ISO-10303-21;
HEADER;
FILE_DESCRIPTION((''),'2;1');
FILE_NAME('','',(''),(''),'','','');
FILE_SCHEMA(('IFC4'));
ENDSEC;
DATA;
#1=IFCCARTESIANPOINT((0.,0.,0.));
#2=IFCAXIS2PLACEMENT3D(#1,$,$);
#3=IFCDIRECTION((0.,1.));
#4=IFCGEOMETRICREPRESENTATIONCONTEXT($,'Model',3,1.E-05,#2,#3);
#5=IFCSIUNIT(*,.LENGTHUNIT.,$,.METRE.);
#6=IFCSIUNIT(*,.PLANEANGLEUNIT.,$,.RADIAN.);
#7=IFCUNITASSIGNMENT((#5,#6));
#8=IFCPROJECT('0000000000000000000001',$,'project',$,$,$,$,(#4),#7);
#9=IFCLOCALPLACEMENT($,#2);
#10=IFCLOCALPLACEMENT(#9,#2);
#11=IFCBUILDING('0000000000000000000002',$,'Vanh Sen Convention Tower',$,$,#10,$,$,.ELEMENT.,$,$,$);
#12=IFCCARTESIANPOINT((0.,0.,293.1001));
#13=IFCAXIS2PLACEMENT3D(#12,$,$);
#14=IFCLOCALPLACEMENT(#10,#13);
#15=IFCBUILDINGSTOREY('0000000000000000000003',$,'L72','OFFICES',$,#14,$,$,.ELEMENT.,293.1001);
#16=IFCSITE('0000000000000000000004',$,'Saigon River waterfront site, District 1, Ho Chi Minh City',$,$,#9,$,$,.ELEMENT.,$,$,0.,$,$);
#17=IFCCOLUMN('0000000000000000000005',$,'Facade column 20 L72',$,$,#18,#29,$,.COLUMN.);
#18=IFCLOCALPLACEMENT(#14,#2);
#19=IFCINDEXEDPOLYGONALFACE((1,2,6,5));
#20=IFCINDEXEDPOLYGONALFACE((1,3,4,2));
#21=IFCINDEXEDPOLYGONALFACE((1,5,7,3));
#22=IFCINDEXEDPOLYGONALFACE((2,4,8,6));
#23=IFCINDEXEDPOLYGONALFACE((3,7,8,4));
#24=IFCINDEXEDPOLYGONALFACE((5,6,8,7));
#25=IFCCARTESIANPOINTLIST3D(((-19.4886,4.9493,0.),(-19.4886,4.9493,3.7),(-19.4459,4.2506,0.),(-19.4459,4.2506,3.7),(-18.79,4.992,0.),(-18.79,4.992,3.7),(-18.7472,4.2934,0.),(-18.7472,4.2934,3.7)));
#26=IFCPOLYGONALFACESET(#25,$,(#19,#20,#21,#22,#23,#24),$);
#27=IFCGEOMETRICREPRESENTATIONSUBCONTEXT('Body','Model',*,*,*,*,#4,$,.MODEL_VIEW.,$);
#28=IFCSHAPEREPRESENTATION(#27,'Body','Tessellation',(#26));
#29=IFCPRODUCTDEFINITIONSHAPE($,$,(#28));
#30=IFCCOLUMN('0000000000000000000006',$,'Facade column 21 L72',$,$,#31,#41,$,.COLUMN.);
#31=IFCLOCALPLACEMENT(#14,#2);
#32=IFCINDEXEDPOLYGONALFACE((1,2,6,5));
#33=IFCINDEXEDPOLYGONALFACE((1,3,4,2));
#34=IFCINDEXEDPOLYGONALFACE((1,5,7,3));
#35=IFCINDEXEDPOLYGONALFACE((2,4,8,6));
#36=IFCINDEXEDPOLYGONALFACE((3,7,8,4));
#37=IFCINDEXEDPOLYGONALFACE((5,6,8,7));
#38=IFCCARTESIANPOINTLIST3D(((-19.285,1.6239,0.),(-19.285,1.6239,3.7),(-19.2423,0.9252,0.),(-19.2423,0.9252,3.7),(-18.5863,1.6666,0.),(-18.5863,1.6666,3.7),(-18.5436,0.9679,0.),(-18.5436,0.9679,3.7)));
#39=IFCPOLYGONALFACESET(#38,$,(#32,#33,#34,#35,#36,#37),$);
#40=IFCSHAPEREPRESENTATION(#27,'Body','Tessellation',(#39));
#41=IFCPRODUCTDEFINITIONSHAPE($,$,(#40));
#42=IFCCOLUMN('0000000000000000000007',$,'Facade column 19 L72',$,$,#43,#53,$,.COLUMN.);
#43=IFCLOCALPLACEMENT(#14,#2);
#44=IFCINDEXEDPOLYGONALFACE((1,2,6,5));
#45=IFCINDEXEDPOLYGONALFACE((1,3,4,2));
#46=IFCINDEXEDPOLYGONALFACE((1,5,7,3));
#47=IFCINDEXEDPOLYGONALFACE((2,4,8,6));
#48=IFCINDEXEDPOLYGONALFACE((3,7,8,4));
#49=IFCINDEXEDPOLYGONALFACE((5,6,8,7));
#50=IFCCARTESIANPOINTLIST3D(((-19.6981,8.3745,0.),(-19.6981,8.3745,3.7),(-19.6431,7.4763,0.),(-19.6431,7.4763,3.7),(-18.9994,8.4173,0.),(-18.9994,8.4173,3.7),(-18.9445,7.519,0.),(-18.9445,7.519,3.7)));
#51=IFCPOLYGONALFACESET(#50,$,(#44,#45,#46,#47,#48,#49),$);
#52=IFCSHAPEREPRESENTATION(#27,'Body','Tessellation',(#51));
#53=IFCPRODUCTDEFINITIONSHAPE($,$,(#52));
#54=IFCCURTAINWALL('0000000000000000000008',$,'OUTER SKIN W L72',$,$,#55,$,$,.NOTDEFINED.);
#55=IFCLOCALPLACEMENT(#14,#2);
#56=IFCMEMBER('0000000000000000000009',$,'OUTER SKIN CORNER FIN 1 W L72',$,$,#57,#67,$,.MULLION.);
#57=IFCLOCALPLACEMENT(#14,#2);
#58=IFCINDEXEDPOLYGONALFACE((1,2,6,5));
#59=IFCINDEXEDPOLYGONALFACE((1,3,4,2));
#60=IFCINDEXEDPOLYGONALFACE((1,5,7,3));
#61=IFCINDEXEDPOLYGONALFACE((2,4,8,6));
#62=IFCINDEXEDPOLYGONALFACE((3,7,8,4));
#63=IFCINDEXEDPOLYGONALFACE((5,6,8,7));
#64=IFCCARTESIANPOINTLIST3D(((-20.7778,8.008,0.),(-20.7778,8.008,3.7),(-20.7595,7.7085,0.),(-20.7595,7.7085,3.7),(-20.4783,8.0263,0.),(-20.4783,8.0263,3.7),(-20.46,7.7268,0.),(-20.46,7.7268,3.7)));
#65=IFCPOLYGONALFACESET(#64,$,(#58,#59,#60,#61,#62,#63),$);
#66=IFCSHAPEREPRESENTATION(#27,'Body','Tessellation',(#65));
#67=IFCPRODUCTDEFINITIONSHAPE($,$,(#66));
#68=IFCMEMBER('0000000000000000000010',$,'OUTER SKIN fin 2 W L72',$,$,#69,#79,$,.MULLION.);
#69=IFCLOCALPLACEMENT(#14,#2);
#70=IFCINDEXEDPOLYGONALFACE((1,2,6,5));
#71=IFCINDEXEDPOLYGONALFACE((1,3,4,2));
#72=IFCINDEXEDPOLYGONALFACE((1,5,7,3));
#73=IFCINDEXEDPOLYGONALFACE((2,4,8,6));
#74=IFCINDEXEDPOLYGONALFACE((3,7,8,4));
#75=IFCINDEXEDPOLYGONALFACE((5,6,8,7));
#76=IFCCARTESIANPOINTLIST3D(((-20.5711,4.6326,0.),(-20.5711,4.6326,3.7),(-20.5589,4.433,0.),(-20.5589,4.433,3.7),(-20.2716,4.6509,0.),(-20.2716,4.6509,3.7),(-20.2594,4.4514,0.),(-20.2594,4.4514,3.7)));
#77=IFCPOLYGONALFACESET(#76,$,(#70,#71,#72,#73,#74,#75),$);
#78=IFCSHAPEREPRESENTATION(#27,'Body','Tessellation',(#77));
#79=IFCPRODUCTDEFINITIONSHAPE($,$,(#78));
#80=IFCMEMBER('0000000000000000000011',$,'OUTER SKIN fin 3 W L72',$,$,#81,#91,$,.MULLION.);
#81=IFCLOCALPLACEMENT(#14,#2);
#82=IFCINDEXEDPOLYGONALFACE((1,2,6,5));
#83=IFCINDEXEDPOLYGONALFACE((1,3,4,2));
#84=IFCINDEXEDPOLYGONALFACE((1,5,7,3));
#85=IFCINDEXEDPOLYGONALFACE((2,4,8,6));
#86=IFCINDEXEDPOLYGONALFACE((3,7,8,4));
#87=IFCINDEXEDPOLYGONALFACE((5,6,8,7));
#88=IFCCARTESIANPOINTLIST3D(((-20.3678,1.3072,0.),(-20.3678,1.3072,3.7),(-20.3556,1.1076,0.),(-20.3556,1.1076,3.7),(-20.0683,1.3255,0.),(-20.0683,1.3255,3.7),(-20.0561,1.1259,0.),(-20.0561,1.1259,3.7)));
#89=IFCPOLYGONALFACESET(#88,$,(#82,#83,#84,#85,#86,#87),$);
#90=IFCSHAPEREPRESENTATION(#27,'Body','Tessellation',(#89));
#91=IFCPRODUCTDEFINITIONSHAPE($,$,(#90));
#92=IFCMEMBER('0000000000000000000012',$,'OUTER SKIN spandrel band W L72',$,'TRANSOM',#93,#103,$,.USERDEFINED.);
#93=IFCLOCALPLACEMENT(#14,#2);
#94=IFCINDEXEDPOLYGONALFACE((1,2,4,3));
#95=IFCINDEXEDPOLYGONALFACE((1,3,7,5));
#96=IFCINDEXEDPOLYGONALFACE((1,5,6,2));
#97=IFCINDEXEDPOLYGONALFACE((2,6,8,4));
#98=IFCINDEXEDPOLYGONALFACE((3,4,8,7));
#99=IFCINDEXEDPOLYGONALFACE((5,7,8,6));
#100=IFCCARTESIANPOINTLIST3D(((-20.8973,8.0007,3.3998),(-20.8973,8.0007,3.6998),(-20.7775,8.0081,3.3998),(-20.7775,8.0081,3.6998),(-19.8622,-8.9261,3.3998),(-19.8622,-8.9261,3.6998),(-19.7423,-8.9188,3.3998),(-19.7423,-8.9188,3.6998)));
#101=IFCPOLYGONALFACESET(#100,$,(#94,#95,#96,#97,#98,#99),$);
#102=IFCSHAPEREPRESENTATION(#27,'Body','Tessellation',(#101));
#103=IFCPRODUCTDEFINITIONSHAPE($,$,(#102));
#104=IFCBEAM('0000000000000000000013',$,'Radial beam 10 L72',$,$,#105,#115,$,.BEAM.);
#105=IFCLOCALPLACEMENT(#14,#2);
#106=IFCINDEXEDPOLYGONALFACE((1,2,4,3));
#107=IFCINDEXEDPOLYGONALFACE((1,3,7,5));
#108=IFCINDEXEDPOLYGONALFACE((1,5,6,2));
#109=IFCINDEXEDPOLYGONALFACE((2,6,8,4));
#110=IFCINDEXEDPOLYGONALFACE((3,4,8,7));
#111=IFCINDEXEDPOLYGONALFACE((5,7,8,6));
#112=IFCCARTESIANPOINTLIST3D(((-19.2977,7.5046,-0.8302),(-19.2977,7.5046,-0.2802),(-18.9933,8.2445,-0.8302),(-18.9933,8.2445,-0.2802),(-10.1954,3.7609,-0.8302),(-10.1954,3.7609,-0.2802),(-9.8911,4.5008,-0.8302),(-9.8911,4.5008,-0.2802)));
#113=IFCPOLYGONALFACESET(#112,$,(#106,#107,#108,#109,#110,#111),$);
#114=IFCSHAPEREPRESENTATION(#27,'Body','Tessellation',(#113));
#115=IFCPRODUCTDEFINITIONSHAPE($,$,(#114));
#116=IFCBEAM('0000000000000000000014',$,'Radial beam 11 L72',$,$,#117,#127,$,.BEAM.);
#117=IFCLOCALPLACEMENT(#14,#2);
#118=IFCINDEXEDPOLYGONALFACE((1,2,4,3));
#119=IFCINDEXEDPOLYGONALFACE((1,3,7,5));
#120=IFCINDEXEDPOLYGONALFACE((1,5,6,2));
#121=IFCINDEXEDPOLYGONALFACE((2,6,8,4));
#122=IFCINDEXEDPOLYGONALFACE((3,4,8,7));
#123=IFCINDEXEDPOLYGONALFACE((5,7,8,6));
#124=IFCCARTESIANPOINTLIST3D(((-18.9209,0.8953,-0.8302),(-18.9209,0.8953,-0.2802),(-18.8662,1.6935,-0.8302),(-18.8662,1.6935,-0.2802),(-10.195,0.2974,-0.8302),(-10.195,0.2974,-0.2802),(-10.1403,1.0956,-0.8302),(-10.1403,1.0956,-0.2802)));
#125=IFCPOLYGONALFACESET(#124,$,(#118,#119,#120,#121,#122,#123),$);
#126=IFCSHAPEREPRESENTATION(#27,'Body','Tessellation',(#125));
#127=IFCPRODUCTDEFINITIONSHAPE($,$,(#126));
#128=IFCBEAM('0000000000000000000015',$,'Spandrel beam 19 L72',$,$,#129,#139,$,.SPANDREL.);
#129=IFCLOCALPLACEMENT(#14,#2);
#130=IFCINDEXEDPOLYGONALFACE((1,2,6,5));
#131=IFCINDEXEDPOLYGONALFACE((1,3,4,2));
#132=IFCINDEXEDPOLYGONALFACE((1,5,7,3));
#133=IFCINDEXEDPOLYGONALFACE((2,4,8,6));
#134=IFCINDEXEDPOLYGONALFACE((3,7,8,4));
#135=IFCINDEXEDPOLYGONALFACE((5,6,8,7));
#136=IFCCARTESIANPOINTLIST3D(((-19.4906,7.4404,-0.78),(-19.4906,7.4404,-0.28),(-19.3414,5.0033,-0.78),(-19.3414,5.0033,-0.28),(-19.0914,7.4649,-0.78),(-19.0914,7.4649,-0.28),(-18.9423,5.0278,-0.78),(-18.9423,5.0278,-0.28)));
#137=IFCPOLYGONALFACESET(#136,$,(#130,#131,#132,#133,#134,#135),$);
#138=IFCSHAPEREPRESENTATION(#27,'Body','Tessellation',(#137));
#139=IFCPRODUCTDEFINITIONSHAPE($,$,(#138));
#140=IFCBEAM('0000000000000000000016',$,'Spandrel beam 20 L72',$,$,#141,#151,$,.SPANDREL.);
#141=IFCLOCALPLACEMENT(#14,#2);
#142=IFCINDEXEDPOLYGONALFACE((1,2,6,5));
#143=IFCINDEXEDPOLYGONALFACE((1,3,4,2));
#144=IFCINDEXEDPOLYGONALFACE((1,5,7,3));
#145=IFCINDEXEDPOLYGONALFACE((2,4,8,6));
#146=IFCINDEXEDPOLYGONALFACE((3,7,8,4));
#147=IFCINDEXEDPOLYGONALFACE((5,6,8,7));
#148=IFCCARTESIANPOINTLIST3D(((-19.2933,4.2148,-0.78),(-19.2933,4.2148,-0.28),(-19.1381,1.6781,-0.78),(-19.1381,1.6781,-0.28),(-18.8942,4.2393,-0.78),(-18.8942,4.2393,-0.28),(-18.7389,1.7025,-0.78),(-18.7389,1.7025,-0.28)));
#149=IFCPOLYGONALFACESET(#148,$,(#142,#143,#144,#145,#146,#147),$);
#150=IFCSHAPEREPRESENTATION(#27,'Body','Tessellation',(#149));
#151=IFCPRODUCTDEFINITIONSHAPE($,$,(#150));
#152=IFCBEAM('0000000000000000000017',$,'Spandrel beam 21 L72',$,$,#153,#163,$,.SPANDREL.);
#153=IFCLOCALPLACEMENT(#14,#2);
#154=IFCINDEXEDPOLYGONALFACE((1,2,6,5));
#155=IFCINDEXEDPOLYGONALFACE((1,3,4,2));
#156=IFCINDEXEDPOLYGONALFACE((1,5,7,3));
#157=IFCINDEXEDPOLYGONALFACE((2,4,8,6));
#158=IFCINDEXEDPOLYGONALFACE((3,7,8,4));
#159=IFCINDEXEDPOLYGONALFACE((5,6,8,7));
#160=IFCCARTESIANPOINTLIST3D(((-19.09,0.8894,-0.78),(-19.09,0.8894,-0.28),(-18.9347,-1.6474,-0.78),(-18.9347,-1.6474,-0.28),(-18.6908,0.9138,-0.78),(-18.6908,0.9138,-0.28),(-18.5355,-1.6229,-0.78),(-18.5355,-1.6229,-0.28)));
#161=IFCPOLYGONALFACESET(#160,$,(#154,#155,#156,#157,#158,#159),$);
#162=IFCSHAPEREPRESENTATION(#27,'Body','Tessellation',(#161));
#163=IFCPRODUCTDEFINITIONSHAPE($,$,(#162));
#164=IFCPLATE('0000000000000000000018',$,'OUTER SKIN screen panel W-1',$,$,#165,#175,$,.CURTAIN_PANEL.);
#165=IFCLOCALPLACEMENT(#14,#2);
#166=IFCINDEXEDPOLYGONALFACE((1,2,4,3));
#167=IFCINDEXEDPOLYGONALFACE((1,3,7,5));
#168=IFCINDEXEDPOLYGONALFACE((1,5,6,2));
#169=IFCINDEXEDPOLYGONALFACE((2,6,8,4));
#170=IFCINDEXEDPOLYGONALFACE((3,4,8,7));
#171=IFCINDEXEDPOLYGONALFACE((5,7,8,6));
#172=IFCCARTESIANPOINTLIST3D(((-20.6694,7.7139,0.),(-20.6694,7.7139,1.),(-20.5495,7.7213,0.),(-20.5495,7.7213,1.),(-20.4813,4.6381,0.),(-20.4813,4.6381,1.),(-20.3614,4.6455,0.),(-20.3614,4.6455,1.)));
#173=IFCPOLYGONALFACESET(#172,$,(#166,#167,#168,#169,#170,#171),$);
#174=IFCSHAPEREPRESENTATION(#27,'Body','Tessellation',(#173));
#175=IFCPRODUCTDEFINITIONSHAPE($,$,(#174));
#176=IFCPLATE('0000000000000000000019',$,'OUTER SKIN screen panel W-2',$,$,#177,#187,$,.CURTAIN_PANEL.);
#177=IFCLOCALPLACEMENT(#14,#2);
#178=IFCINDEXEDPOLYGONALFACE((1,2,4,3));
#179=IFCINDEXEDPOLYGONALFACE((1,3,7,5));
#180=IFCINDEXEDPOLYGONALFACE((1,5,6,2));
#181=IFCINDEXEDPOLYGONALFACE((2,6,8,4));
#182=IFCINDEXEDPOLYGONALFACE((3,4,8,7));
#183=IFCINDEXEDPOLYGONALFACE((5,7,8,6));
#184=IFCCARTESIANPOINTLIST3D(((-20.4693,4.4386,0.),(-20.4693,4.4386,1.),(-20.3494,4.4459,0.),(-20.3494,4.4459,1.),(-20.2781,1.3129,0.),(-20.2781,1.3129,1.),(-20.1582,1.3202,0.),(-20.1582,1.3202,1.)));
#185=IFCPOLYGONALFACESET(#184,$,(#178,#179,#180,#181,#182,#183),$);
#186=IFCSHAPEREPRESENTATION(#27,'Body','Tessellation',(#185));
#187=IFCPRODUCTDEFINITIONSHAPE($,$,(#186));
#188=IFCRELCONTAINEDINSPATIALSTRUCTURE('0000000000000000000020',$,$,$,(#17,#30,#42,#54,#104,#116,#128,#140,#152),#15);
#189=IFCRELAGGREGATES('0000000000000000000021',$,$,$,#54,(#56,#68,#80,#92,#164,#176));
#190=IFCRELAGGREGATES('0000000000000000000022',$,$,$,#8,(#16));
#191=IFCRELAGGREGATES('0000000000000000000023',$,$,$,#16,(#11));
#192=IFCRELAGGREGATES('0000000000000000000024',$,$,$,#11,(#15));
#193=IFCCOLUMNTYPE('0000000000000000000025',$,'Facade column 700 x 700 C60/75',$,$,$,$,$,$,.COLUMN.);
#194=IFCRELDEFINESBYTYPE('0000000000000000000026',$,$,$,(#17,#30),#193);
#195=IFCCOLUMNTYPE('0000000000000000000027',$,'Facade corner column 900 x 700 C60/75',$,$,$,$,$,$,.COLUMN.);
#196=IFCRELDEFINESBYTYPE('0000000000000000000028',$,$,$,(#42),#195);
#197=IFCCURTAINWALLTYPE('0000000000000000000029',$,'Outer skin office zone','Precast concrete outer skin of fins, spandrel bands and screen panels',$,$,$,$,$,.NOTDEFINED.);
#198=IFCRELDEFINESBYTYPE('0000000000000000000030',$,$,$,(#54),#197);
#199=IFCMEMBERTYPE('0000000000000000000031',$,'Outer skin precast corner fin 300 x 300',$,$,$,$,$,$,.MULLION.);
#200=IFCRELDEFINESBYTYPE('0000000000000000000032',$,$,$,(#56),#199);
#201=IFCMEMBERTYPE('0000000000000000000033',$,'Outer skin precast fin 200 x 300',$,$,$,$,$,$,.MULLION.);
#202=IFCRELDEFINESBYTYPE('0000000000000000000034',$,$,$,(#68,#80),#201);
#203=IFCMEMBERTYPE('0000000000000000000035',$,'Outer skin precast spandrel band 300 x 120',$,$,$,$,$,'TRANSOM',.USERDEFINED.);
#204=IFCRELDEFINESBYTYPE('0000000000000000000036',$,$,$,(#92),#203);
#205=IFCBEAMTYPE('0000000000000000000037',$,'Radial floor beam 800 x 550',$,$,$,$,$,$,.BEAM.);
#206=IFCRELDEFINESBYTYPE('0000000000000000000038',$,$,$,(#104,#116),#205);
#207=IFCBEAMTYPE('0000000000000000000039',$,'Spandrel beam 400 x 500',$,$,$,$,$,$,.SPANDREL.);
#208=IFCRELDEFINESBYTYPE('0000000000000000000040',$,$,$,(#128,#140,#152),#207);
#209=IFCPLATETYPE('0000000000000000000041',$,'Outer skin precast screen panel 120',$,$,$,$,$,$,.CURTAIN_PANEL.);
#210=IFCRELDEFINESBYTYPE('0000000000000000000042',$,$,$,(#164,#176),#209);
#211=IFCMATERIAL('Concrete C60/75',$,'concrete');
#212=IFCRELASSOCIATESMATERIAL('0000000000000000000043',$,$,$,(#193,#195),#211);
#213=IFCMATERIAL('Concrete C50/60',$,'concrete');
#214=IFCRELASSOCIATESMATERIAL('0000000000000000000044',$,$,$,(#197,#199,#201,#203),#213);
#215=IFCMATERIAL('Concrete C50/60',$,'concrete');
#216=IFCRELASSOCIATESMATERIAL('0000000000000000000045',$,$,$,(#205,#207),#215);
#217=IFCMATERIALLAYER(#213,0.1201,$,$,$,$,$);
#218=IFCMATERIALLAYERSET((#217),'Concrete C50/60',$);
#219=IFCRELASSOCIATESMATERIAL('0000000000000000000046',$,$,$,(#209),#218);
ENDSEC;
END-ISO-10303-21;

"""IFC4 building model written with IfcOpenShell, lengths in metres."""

from ifc_helpers import new_model, si_unit, direction, frame, origin, origin_2d, place, context, subcontext, project, spatial, rectangle, extrude, material, layer, layer_set, material_profile, profile_set, type_object, element, aggregate, save


model = new_model("IFC4")

# Units and contexts
model_context = context("Model", 3, precision=1e-05, world=origin(), true_north=direction((0.0, 1.0)))
body_context = subcontext(model_context, "Body", "Model", "MODEL_VIEW")
ifc_project = project(units=[si_unit("LENGTHUNIT", "METRE"), si_unit("PLANEANGLEUNIT", "RADIAN")], contexts=[model_context])

# Site, building, storey
site_placement = place(None, origin())
site = spatial("IfcSite", under=ifc_project, at=site_placement, Name="Saigon River waterfront site, District 1, Ho Chi Minh City", CompositionType="ELEMENT", RefElevation=0.0)
building_placement = place(site_placement, origin())
building = spatial("IfcBuilding", under=site, at=building_placement, Name="Vanh Sen Convention Tower", CompositionType="ELEMENT")
storey_placement = place(building_placement, frame((0.0, 0.0, 293.1001)))
storey = spatial("IfcBuildingStorey", under=building, at=storey_placement, Name="L72", Description="OFFICES", CompositionType="ELEMENT", Elevation=293.1001)

# Columns
ifc_material_1 = material(Name="Concrete C60/75", Category="concrete")
ifc_material_profile_1 = material_profile(ifc_material_1, rectangle(XDim=0.7, YDim=0.7, at=origin_2d()), Name="RC 700X700")
ifc_profile_set_1 = profile_set([ifc_material_profile_1], Name="Concrete C60/75")
column_type_1 = type_object("IfcColumnType", Name="Facade column 700 x 700 C60/75", PredefinedType="COLUMN", material=ifc_profile_set_1)
for number, where, z_axis, x_axis, name in (
    (1, (-19.1179, 4.6213, 0.0), (0.0, 0.0, 1.0), (0.061049, -0.998135, 0.0), "Facade column 20 L72"),
    (2, (-18.9143, 1.2959, 0.0), (0.0, 0.0, 1.0), (0.061049, -0.998135, 0.0), "Facade column 21 L72"),
):
    element("IfcColumn", number, at=place(storey_placement, frame(where, z_axis=z_axis, x_axis=x_axis)), inside=storey, type_object=column_type_1, Name=name, PredefinedType="COLUMN", context=body_context, shape_type="SweptSolid", body=[
        extrude(rectangle(XDim=0.7, YDim=0.7, at=origin_2d()), origin(), (0.0, 0.0, 1.0), 3.7),
    ])
ifc_material_profile_2 = material_profile(ifc_material_1, rectangle(XDim=0.8999, YDim=0.7, at=origin_2d()), Name="RC 900X700")
ifc_profile_set_2 = profile_set([ifc_material_profile_2], Name="Concrete C60/75")
column_type_2 = type_object("IfcColumnType", Name="Facade corner column 900 x 700 C60/75", PredefinedType="COLUMN", material=ifc_profile_set_2)
column_placement = place(storey_placement, frame((-19.3213, 7.9468, 0.0), z_axis=(0.0, 0.0, 1.0), x_axis=(0.061049, -0.998135, 0.0)))
element("IfcColumn", 3, at=column_placement, inside=storey, type_object=column_type_2, Name="Facade column 19 L72", PredefinedType="COLUMN", context=body_context, shape_type="SweptSolid", body=[
    extrude(rectangle(XDim=0.8999, YDim=0.7, at=origin_2d()), origin(), (0.0, 0.0, 1.0), 3.7),
])

# Curtain wall, members
ifc_material_2 = material(Name="Concrete C50/60", Category="concrete")
curtain_wall_type = type_object("IfcCurtainWallType", Name="Outer skin office zone", Description="Precast concrete outer skin of fins, spandrel bands and screen panels", PredefinedType="NOTDEFINED", material=ifc_material_2)
curtain_wall_placement = place(storey_placement, origin())
curtain_wall = element("IfcCurtainWall", 4, at=curtain_wall_placement, inside=storey, type_object=curtain_wall_type, Name="OUTER SKIN W L72", PredefinedType="NOTDEFINED")
ifc_material_profile_3 = material_profile(ifc_material_2, rectangle(XDim=0.3, YDim=0.3, at=origin_2d()), Name="Outer skin precast corner fin 300 x 300")
ifc_profile_set_3 = profile_set([ifc_material_profile_3], Name="Concrete C50/60")
member_type_1 = type_object("IfcMemberType", Name="Outer skin precast corner fin 300 x 300", PredefinedType="MULLION", material=ifc_profile_set_3)
member_1_placement = place(storey_placement, frame((-20.6189, 7.8674, 0.0), z_axis=(0.0, 0.0, 1.0), x_axis=(0.061049, -0.998135, 0.0)))
member_1 = element("IfcMember", 5, at=member_1_placement, type_object=member_type_1, Name="OUTER SKIN CORNER FIN 1 W L72", PredefinedType="MULLION", context=body_context, shape_type="SweptSolid", body=[
    extrude(rectangle(XDim=0.3, YDim=0.3, at=origin_2d()), origin(), (0.0, 0.0, 1.0), 3.7),
])
ifc_material_profile_4 = material_profile(ifc_material_2, rectangle(XDim=0.2, YDim=0.3, at=origin_2d()), Name="Outer skin precast fin 200 x 300")
ifc_profile_set_4 = profile_set([ifc_material_profile_4], Name="Concrete C50/60")
member_type_2 = type_object("IfcMemberType", Name="Outer skin precast fin 200 x 300", PredefinedType="MULLION", material=ifc_profile_set_4)
member_2_placement = place(storey_placement, frame((-20.4153, 4.542, 0.0), z_axis=(0.0, 0.0, 1.0), x_axis=(0.061049, -0.998135, 0.0)))
member_2 = element("IfcMember", 6, at=member_2_placement, type_object=member_type_2, Name="OUTER SKIN fin 2 W L72", PredefinedType="MULLION", context=body_context, shape_type="SweptSolid", body=[
    extrude(rectangle(XDim=0.2, YDim=0.3, at=origin_2d()), origin(), (0.0, 0.0, 1.0), 3.7),
])
member_3_placement = place(storey_placement, frame((-20.2119, 1.2166, 0.0), z_axis=(0.0, 0.0, 1.0), x_axis=(0.061049, -0.998135, 0.0)))
member_3 = element("IfcMember", 7, at=member_3_placement, type_object=member_type_2, Name="OUTER SKIN fin 3 W L72", PredefinedType="MULLION", context=body_context, shape_type="SweptSolid", body=[
    extrude(rectangle(XDim=0.2, YDim=0.3, at=origin_2d()), origin(), (0.0, 0.0, 1.0), 3.7),
])
ifc_material_profile_5 = material_profile(ifc_material_2, rectangle(XDim=0.1201, YDim=0.3, at=origin_2d()), Name="Outer skin precast spandrel band 300 x 120")
ifc_profile_set_5 = profile_set([ifc_material_profile_5], Name="Concrete C50/60")
member_type_3 = type_object("IfcMemberType", Name="Outer skin precast spandrel band 300 x 120", ElementType="TRANSOM", PredefinedType="USERDEFINED", material=ifc_profile_set_5)
member_4_placement = place(storey_placement, frame((-20.8374, 8.0044, 3.5498), z_axis=(0.061041, -0.998135, 0.0), x_axis=(0.998135, 0.061041, 0.0)))
member_4 = element("IfcMember", 8, at=member_4_placement, type_object=member_type_3, Name="OUTER SKIN spandrel band W L72", ObjectType="TRANSOM", PredefinedType="USERDEFINED", context=body_context, shape_type="SweptSolid", body=[
    extrude(rectangle(XDim=0.1201, YDim=0.3, at=origin_2d()), origin(), (0.0, 0.0, 1.0), 16.9585),
])

# Beams
ifc_material_3 = material(Name="Concrete C50/60", Category="concrete")
ifc_material_profile_6 = material_profile(ifc_material_3, rectangle(XDim=0.8, YDim=0.55, at=origin_2d()), Name="RC 800X550")
ifc_profile_set_6 = profile_set([ifc_material_profile_6], Name="Concrete C50/60")
beam_type_1 = type_object("IfcBeamType", Name="Radial floor beam 800 x 550", PredefinedType="BEAM", material=ifc_profile_set_6)
beam_1_placement = place(storey_placement, frame((-19.1455, 7.8745, -0.5552), z_axis=(0.924834, -0.380372, 0.0), x_axis=(0.380372, 0.924834, 0.0)))
element("IfcBeam", 9, at=beam_1_placement, inside=storey, type_object=beam_type_1, Name="Radial beam 10 L72", PredefinedType="BEAM", context=body_context, shape_type="SweptSolid", body=[
    extrude(rectangle(XDim=0.8, YDim=0.55, at=origin_2d()), origin(), (0.0, 0.0, 1.0), 9.842),
])
beam_2_placement = place(storey_placement, frame((-18.8936, 1.2944, -0.5552), z_axis=(0.997661, -0.06836, 0.0), x_axis=(0.06836, 0.997661, 0.0)))
element("IfcBeam", 10, at=beam_2_placement, inside=storey, type_object=beam_type_1, Name="Radial beam 11 L72", PredefinedType="BEAM", context=body_context, shape_type="SweptSolid", body=[
    extrude(rectangle(XDim=0.8, YDim=0.55, at=origin_2d()), origin(), (0.0, 0.0, 1.0), 8.7463),
])
ifc_material_profile_7 = material_profile(ifc_material_3, rectangle(XDim=0.3999, YDim=0.5, at=origin_2d()), Name="RC 400X500")
ifc_profile_set_7 = profile_set([ifc_material_profile_7], Name="Concrete C50/60")
beam_type_2 = type_object("IfcBeamType", Name="Spandrel beam 400 x 500", PredefinedType="SPANDREL", material=ifc_profile_set_7)
beam_3_placement = place(storey_placement, frame((-19.291, 7.4526, -0.53), z_axis=(0.061096, -0.998132, 0.0), x_axis=(0.998132, 0.061096, 0.0)))
element("IfcBeam", 11, at=beam_3_placement, inside=storey, type_object=beam_type_2, Name="Spandrel beam 19 L72", PredefinedType="SPANDREL", context=body_context, shape_type="SweptSolid", body=[
    extrude(rectangle(XDim=0.3999, YDim=0.5, at=origin_2d()), origin(), (0.0, 0.0, 1.0), 2.4417),
])
for number, where, z_axis, x_axis, name in (
    (12, (-19.0938, 4.2271, -0.53), (0.061092, -0.998132, 0.0), (0.998132, 0.061092, 0.0), "Spandrel beam 20 L72"),
    (13, (-18.8904, 0.9016, -0.53), (0.061092, -0.998132, 0.0), (0.998132, 0.061092, 0.0), "Spandrel beam 21 L72"),
):
    element("IfcBeam", number, at=place(storey_placement, frame(where, z_axis=z_axis, x_axis=x_axis)), inside=storey, type_object=beam_type_2, Name=name, PredefinedType="SPANDREL", context=body_context, shape_type="SweptSolid", body=[
        extrude(rectangle(XDim=0.3999, YDim=0.5, at=origin_2d()), origin(), (0.0, 0.0, 1.0), 2.5415),
    ])

# Plates
ifc_layer_1 = layer(ifc_material_2, 0.1201)
ifc_layer_set_1 = layer_set([ifc_layer_1], Name="Concrete C50/60")
plate_type = type_object("IfcPlateType", Name="Outer skin precast screen panel 120", PredefinedType="CURTAIN_PANEL", material=ifc_layer_set_1)
plate_1_placement = place(storey_placement, frame((-20.5154, 6.1797, 0.0), z_axis=(0.0, 0.0, 1.0), x_axis=(0.061052, -0.998135, 0.0)))
plate_1 = element("IfcPlate", 14, at=plate_1_placement, type_object=plate_type, Name="OUTER SKIN screen panel W-1", PredefinedType="CURTAIN_PANEL", context=body_context, shape_type="SweptSolid", body=[
    extrude(rectangle(XDim=3.0815, YDim=0.1201, at=origin_2d()), origin(), (0.0, 0.0, 1.0), 1.0),
])
plate_2_placement = place(storey_placement, frame((-20.3137, 2.8794, 0.0), z_axis=(0.0, 0.0, 1.0), x_axis=(0.06105, -0.998135, 0.0)))
plate_2 = element("IfcPlate", 15, at=plate_2_placement, type_object=plate_type, Name="OUTER SKIN screen panel W-2", PredefinedType="CURTAIN_PANEL", context=body_context, shape_type="SweptSolid", body=[
    extrude(rectangle(XDim=3.1316, YDim=0.1201, at=origin_2d()), origin(), (0.0, 0.0, 1.0), 1.0),
])
aggregate(curtain_wall, [member_1, member_2, member_3, member_4, plate_1, plate_2])

save(model, "model.ifc")
